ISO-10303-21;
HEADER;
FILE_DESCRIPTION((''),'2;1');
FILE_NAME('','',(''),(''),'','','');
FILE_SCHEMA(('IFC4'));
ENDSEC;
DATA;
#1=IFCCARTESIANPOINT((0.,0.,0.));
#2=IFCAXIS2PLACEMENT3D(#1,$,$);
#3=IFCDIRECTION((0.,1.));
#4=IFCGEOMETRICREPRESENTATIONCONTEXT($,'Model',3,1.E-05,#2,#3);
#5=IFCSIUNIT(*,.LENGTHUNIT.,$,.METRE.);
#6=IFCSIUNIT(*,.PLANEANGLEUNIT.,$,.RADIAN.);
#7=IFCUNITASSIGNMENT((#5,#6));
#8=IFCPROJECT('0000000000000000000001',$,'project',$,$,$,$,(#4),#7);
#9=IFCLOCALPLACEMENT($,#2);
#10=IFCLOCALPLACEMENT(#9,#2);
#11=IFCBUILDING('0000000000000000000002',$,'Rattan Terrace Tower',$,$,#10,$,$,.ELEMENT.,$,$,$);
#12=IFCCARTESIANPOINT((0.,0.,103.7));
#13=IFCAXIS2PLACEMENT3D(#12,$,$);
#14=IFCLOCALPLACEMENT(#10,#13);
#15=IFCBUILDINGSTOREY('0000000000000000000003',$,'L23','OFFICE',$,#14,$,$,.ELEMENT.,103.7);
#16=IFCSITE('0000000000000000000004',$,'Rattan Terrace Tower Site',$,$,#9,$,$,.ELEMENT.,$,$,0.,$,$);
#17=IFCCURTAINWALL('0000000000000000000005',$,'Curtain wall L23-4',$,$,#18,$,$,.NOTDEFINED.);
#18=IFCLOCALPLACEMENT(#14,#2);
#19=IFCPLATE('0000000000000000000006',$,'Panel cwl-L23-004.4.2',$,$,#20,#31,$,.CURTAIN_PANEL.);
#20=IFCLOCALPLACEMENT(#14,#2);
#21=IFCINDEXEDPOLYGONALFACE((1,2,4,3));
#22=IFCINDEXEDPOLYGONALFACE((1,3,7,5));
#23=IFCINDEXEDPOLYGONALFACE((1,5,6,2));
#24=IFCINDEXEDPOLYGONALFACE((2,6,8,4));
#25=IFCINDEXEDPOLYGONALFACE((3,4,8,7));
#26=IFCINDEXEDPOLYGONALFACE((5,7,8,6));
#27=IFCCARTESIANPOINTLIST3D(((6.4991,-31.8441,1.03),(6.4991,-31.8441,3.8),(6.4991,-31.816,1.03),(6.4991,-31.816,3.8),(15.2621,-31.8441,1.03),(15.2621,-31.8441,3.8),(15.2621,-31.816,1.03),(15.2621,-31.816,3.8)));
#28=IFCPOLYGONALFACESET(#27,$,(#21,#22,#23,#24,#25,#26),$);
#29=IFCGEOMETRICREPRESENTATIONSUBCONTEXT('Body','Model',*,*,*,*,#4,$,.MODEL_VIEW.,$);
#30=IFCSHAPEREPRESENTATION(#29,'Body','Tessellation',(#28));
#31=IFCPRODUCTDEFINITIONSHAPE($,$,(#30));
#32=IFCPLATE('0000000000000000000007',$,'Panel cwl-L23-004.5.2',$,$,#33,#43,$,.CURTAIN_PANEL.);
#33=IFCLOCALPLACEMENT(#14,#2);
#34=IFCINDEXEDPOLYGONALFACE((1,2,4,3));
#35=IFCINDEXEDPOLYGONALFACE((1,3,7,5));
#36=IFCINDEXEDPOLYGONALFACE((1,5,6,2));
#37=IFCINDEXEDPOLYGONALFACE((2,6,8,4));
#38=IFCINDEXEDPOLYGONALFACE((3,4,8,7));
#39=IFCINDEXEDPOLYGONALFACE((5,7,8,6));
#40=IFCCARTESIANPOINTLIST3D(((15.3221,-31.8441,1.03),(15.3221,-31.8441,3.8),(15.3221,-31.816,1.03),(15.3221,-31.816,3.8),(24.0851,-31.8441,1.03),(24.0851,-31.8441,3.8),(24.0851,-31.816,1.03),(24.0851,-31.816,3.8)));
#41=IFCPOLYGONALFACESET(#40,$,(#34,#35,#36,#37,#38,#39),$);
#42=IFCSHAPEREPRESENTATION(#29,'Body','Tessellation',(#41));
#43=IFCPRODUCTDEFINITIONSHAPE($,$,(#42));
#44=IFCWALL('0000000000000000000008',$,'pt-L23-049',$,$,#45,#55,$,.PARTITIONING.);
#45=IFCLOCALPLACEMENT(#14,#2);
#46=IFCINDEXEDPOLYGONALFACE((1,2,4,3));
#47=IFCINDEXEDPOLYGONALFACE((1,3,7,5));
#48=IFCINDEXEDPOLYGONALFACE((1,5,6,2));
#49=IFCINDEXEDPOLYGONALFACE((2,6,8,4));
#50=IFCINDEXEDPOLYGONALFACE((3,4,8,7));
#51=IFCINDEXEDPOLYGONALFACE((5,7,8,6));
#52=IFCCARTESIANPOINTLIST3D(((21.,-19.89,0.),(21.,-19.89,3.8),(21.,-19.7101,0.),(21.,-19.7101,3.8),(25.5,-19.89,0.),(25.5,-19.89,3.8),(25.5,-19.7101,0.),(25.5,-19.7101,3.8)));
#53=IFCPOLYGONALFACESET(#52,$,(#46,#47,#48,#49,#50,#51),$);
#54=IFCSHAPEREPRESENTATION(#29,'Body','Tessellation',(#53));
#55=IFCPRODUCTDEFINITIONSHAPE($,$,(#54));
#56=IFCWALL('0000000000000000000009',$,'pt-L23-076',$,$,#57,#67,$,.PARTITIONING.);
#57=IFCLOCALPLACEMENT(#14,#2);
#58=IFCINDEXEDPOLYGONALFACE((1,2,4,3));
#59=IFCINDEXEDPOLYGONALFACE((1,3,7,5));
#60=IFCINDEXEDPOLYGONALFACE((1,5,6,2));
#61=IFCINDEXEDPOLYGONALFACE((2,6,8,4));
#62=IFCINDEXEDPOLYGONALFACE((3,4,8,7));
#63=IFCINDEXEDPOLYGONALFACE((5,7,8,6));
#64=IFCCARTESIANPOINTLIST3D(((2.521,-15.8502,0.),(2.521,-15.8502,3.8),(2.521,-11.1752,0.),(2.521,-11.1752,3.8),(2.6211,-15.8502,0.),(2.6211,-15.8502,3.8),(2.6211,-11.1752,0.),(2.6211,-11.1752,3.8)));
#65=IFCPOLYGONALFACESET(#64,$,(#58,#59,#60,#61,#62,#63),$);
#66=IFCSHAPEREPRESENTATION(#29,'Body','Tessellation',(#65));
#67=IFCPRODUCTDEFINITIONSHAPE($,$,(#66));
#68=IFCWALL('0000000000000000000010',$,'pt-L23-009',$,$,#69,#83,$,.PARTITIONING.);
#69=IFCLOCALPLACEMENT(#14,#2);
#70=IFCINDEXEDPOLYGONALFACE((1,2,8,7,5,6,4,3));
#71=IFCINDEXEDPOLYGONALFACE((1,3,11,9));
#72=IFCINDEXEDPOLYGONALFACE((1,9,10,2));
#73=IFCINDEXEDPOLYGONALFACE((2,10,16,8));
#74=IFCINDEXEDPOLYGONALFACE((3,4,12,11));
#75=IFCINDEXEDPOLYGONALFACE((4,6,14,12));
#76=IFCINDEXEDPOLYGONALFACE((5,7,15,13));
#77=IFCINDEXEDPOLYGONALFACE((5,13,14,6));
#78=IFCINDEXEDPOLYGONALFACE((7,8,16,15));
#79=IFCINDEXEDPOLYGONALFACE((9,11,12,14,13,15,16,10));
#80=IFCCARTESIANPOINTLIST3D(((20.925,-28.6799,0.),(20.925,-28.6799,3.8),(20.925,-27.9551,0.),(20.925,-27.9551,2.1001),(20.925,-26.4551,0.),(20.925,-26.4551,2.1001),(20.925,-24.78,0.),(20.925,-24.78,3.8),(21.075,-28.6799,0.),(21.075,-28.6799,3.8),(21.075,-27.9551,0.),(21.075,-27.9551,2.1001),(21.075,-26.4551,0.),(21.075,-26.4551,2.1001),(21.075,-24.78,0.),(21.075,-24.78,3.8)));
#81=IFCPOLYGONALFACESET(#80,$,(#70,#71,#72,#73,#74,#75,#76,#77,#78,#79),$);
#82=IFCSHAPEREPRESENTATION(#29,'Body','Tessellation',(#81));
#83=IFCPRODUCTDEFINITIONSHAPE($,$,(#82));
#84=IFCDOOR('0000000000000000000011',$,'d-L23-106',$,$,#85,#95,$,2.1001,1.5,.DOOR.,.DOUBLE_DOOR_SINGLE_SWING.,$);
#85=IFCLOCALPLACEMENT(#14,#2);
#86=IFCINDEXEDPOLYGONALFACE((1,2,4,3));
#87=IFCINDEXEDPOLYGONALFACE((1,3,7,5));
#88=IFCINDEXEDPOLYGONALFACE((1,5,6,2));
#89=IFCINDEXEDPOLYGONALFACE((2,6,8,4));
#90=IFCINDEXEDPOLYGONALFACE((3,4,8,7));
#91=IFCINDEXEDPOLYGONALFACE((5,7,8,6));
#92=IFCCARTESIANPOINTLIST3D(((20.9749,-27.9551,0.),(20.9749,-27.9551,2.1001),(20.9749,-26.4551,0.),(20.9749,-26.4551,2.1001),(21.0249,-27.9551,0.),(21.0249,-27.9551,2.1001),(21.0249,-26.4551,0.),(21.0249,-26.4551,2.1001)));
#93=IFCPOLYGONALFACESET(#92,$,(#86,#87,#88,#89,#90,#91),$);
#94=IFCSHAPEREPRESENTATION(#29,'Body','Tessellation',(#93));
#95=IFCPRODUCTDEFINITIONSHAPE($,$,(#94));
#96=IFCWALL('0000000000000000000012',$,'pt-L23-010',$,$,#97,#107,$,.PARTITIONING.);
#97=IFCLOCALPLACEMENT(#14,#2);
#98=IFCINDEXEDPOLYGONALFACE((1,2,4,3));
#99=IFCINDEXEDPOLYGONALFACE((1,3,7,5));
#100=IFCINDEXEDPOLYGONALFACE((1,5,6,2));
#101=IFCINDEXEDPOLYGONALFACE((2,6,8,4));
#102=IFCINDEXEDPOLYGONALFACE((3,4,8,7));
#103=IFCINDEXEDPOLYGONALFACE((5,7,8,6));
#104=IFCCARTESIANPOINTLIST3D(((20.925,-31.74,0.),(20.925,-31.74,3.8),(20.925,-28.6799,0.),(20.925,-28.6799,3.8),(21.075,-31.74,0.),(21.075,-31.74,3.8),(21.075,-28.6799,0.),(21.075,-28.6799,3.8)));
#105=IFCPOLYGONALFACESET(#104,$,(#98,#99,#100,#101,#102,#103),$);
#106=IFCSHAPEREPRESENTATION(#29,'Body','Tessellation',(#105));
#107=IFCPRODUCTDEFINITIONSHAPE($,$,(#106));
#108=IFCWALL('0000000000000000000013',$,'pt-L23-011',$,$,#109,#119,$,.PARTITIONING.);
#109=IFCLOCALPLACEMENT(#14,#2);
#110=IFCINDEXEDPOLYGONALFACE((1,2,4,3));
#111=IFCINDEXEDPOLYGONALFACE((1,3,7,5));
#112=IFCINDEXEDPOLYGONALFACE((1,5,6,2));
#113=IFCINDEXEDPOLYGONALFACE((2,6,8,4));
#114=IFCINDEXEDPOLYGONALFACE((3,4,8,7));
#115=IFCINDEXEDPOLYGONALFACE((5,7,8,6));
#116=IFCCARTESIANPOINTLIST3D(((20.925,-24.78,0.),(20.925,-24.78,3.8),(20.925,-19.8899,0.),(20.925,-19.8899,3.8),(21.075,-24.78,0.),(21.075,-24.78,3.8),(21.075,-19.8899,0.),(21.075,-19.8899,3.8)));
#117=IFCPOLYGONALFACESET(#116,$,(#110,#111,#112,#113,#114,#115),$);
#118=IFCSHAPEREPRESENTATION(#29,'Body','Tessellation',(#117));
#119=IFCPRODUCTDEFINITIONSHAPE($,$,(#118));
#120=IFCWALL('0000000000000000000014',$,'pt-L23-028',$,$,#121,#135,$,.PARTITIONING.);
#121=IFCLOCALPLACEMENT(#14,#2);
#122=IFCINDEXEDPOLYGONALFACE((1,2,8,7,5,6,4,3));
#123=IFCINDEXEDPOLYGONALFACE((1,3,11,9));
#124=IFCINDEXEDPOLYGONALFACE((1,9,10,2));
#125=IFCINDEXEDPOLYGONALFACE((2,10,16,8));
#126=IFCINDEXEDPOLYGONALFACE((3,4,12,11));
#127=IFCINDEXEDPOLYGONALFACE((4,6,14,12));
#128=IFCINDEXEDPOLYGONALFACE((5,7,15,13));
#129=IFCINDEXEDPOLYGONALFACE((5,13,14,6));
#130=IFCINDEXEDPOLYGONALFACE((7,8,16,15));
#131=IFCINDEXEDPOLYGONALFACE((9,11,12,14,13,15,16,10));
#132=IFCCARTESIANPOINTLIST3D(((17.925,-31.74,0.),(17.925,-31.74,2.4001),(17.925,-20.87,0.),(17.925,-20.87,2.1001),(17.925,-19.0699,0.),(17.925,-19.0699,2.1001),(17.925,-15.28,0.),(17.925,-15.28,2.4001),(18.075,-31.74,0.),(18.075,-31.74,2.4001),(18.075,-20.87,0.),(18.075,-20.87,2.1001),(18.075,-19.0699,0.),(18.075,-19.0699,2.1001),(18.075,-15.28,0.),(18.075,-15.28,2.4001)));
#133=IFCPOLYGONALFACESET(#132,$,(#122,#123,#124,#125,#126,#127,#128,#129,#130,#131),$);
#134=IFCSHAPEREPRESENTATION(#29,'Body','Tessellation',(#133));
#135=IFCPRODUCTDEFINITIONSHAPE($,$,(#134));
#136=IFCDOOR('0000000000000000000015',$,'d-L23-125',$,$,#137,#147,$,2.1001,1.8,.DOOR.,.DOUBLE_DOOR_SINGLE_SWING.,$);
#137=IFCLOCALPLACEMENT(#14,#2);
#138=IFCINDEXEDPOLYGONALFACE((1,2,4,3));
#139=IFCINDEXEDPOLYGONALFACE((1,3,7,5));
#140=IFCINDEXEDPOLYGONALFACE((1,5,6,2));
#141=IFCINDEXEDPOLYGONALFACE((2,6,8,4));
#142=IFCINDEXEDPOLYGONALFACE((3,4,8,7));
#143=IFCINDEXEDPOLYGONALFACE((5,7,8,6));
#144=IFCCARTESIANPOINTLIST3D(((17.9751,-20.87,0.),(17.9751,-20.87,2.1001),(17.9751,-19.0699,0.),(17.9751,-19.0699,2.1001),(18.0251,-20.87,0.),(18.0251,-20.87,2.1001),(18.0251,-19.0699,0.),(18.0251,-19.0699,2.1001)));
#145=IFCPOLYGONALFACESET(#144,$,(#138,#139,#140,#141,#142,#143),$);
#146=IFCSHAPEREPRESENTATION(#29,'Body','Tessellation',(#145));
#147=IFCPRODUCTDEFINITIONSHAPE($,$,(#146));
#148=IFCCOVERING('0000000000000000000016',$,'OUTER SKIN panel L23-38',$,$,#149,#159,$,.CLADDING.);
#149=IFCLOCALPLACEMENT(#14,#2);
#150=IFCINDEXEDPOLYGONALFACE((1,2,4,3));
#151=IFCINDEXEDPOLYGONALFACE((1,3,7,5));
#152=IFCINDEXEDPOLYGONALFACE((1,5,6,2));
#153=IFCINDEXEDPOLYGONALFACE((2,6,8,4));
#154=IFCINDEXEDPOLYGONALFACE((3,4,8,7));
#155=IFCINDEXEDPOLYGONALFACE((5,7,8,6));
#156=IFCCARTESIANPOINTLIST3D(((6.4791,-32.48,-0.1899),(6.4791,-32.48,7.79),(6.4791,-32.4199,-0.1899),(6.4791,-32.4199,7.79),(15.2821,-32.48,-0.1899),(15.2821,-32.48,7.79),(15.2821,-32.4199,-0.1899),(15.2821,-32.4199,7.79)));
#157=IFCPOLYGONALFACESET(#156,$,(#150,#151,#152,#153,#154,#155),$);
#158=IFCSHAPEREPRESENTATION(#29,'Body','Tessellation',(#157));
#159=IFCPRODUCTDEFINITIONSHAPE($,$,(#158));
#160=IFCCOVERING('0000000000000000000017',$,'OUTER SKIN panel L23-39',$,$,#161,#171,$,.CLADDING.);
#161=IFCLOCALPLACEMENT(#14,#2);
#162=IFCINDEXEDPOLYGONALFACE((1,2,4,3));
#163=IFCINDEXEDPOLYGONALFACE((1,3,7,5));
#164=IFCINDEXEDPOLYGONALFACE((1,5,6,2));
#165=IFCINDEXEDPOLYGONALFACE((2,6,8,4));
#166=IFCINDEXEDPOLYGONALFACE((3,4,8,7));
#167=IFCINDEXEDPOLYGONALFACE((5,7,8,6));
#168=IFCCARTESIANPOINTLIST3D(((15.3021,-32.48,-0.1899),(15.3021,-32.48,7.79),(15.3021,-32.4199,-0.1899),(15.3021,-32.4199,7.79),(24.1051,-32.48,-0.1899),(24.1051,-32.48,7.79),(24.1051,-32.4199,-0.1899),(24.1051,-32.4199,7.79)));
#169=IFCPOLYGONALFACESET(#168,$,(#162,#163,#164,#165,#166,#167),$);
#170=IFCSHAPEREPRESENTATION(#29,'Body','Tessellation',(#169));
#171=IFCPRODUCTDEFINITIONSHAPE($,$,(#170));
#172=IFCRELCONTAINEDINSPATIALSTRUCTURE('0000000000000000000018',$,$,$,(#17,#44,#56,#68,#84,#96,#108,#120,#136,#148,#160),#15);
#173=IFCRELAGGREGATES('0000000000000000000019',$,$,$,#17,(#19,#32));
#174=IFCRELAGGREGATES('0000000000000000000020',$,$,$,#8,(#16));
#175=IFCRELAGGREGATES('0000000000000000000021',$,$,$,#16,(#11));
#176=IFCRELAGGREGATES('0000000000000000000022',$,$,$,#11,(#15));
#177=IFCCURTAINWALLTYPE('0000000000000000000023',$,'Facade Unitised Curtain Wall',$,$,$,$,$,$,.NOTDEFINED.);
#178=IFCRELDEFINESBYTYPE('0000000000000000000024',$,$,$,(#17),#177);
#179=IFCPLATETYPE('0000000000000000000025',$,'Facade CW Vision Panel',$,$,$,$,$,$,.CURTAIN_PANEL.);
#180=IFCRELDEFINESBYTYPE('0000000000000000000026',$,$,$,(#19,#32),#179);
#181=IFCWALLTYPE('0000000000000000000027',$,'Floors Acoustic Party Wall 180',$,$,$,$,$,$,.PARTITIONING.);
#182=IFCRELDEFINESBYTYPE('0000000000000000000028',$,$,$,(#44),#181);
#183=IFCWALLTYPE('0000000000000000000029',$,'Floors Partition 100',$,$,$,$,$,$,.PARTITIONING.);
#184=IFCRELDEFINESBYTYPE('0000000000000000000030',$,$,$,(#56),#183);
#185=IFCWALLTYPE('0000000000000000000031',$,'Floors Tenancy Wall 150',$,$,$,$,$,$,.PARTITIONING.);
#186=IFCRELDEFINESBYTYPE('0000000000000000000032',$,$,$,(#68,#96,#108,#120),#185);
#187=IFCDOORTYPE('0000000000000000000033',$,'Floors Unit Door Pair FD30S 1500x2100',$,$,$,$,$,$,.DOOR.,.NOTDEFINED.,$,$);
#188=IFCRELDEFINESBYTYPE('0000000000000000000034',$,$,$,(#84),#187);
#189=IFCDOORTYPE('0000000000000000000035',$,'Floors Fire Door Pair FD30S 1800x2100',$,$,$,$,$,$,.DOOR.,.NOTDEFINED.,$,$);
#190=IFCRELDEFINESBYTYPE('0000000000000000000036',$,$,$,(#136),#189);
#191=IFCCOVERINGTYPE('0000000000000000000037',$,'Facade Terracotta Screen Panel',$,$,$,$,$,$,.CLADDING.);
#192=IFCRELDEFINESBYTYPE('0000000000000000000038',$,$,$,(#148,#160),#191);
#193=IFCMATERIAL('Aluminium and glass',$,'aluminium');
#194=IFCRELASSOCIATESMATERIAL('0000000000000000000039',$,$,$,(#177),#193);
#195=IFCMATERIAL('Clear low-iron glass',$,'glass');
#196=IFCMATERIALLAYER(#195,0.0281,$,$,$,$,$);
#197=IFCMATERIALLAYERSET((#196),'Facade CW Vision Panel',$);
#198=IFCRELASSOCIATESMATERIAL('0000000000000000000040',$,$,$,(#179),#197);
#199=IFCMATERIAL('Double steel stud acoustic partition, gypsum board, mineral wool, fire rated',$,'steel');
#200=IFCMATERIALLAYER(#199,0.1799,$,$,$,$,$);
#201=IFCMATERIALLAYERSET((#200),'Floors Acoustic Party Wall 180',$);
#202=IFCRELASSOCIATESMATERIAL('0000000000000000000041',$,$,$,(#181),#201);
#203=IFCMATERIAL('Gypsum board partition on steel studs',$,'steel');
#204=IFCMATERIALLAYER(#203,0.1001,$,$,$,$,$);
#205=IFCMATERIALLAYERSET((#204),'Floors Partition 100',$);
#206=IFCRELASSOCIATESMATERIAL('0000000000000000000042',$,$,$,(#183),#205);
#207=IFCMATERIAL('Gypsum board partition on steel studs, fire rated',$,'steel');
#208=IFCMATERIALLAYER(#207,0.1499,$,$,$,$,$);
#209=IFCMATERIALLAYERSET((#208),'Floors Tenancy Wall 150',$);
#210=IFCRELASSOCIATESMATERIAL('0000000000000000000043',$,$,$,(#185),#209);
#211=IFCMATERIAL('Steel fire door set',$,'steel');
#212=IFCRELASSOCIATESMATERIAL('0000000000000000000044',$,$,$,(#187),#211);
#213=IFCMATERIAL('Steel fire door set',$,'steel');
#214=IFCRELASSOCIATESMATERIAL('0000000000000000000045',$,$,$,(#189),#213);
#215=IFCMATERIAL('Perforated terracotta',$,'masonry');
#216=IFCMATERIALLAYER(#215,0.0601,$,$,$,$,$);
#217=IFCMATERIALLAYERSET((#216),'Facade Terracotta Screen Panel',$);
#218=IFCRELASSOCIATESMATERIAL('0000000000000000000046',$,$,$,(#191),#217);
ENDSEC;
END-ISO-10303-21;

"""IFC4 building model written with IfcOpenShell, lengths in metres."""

from ifc_helpers import new_model, si_unit, direction, frame, frame_2d, origin, origin_2d, place, context, subcontext, project, spatial, rectangle, extrude, material, layer, layer_set, type_object, element, fill, aggregate, save


model = new_model("IFC4")

# Units and contexts
model_context = context("Model", 3, precision=1e-05, world=origin(), true_north=direction((0.0, 1.0)))
body_context = subcontext(model_context, "Body", "Model", "MODEL_VIEW")
ifc_project = project(units=[si_unit("LENGTHUNIT", "METRE"), si_unit("PLANEANGLEUNIT", "RADIAN")], contexts=[model_context])

# Site, building, storey
site_placement = place(None, origin())
site = spatial("IfcSite", under=ifc_project, at=site_placement, Name="Rattan Terrace Tower Site", CompositionType="ELEMENT", RefElevation=0.0)
building_placement = place(site_placement, origin())
building = spatial("IfcBuilding", under=site, at=building_placement, Name="Rattan Terrace Tower", CompositionType="ELEMENT")
storey_placement = place(building_placement, frame((0.0, 0.0, 103.7)))
storey = spatial("IfcBuildingStorey", under=building, at=storey_placement, Name="L23", Description="OFFICE", CompositionType="ELEMENT", Elevation=103.7)

# Curtain wall
ifc_material_1 = material(Name="Aluminium and glass", Category="aluminium")
curtain_wall_type = type_object("IfcCurtainWallType", Name="Facade Unitised Curtain Wall", PredefinedType="NOTDEFINED", material=ifc_material_1)
curtain_wall_placement = place(storey_placement, origin())
curtain_wall = element("IfcCurtainWall", 1, at=curtain_wall_placement, inside=storey, type_object=curtain_wall_type, Name="Curtain wall L23-4", PredefinedType="NOTDEFINED")

# Plates
ifc_material_2 = material(Name="Clear low-iron glass", Category="glass")
ifc_layer_1 = layer(ifc_material_2, 0.0281)
ifc_layer_set_1 = layer_set([ifc_layer_1], Name="Facade CW Vision Panel")
plate_type_1 = type_object("IfcPlateType", Name="Facade CW Vision Panel", PredefinedType="CURTAIN_PANEL", material=ifc_layer_set_1)
plate_1_placement = place(storey_placement, frame((10.8806, -31.8301, 1.03), z_axis=(0.0, 0.0, 1.0), x_axis=(1.0, 0.0, 0.0)))
plate_1 = element("IfcPlate", 2, at=plate_1_placement, type_object=plate_type_1, Name="Panel cwl-L23-004.4.2", PredefinedType="CURTAIN_PANEL", context=body_context, shape_type="SweptSolid", body=[
    extrude(rectangle(XDim=8.7629, YDim=0.0281, at=origin_2d()), origin(), (0.0, 0.0, 1.0), 2.77),
])
plate_2_placement = place(storey_placement, frame((19.7036, -31.8301, 1.03), z_axis=(0.0, 0.0, 1.0), x_axis=(1.0, 0.0, 0.0)))
plate_2 = element("IfcPlate", 3, at=plate_2_placement, type_object=plate_type_1, Name="Panel cwl-L23-004.5.2", PredefinedType="CURTAIN_PANEL", context=body_context, shape_type="SweptSolid", body=[
    extrude(rectangle(XDim=8.7629, YDim=0.0281, at=origin_2d()), origin(), (0.0, 0.0, 1.0), 2.77),
])
aggregate(curtain_wall, [plate_1, plate_2])

# Walls
ifc_material_3 = material(Name="Double steel stud acoustic partition, gypsum board, mineral wool, fire rated", Category="steel")
ifc_layer_2 = layer(ifc_material_3, 0.1799)
ifc_layer_set_2 = layer_set([ifc_layer_2], Name="Floors Acoustic Party Wall 180")
wall_type_1 = type_object("IfcWallType", Name="Floors Acoustic Party Wall 180", PredefinedType="PARTITIONING", material=ifc_layer_set_2)
wall_1_placement = place(storey_placement, frame((21.0, -19.8, 0.0), z_axis=(0.0, 0.0, 1.0), x_axis=(1.0, 0.0, 0.0)))
element("IfcWall", 4, at=wall_1_placement, inside=storey, type_object=wall_type_1, Name="pt-L23-049", PredefinedType="PARTITIONING", context=body_context, shape_type="SweptSolid", body=[
    extrude(rectangle(XDim=4.5, YDim=0.1799, at=frame_2d((2.25, 0.0))), origin(), (0.0, 0.0, 1.0), 3.8),
])
ifc_material_4 = material(Name="Gypsum board partition on steel studs", Category="steel")
ifc_layer_3 = layer(ifc_material_4, 0.1001)
ifc_layer_set_3 = layer_set([ifc_layer_3], Name="Floors Partition 100")
wall_type_2 = type_object("IfcWallType", Name="Floors Partition 100", PredefinedType="PARTITIONING", material=ifc_layer_set_3)
wall_2_placement = place(storey_placement, frame((2.571, -15.8501, 0.0), z_axis=(0.0, 0.0, 1.0), x_axis=(0.0, 1.0, 0.0)))
element("IfcWall", 5, at=wall_2_placement, inside=storey, type_object=wall_type_2, Name="pt-L23-076", PredefinedType="PARTITIONING", context=body_context, shape_type="SweptSolid", body=[
    extrude(rectangle(XDim=4.675, YDim=0.1001, at=frame_2d((2.3374, 0.0))), origin(), (0.0, 0.0, 1.0), 3.8),
])

# Wall, opening, door
ifc_material_5 = material(Name="Gypsum board partition on steel studs, fire rated", Category="steel")
ifc_layer_4 = layer(ifc_material_5, 0.1499)
ifc_layer_set_4 = layer_set([ifc_layer_4], Name="Floors Tenancy Wall 150")
wall_type_3 = type_object("IfcWallType", Name="Floors Tenancy Wall 150", PredefinedType="PARTITIONING", material=ifc_layer_set_4)
wall_3_placement = place(storey_placement, frame((21.0, -24.78, 0.0), z_axis=(0.0, 0.0, 1.0), x_axis=(0.0, -1.0, 0.0)))
wall_3 = element("IfcWall", 6, at=wall_3_placement, inside=storey, type_object=wall_type_3, Name="pt-L23-009", PredefinedType="PARTITIONING", context=body_context, shape_type="SweptSolid", body=[
    extrude(rectangle(XDim=3.8999, YDim=0.1499, at=frame_2d((1.95, 0.0))), origin(), (0.0, 0.0, 1.0), 3.8),
])
opening_1_placement = place(wall_3_placement, frame((1.675, 0.0, 0.0)))
opening_1 = element("IfcOpeningElement", 7, at=opening_1_placement, cuts=wall_3, PredefinedType="OPENING", context=body_context, shape_type="SweptSolid", body=[
    extrude(rectangle(XDim=1.5, YDim=2.1001, at=frame_2d((0.75, 1.05))), frame((0.0, 0.0854, 0.0), z_axis=(0.0, -1.0, 0.0), x_axis=(1.0, 0.0, 0.0)), (0.0, 0.0, 1.0), 0.1709),
])
ifc_material_6 = material(Name="Steel fire door set", Category="steel")
door_type_1 = type_object("IfcDoorType", Name="Floors Unit Door Pair FD30S 1500x2100", OperationType="NOTDEFINED", PredefinedType="DOOR", material=ifc_material_6)
door_1_placement = place(opening_1_placement, origin())
door_1 = element("IfcDoor", 8, at=door_1_placement, inside=storey, type_object=door_type_1, Name="d-L23-106", OperationType="DOUBLE_DOOR_SINGLE_SWING", OverallHeight=2.1001, OverallWidth=1.5, PredefinedType="DOOR", context=body_context, shape_type="SweptSolid", body=[
    extrude(rectangle(XDim=1.5, YDim=2.1001, at=frame_2d((0.75, 1.05))), frame((0.0, 0.0249, 0.0), z_axis=(0.0, -1.0, 0.0), x_axis=(1.0, 0.0, 0.0)), (0.0, 0.0, 1.0), 0.05),
])
fill(opening_1, door_1)

# Walls
wall_4_placement = place(storey_placement, frame((21.0, -28.6799, 0.0), z_axis=(0.0, 0.0, 1.0), x_axis=(0.0, -1.0, 0.0)))
element("IfcWall", 9, at=wall_4_placement, inside=storey, type_object=wall_type_3, Name="pt-L23-010", PredefinedType="PARTITIONING", context=body_context, shape_type="SweptSolid", body=[
    extrude(rectangle(XDim=3.0601, YDim=0.1499, at=frame_2d((1.53, 0.0))), origin(), (0.0, 0.0, 1.0), 3.8),
])
wall_5_placement = place(storey_placement, frame((21.0, -19.8899, 0.0), z_axis=(0.0, 0.0, 1.0), x_axis=(0.0, -1.0, 0.0)))
element("IfcWall", 10, at=wall_5_placement, inside=storey, type_object=wall_type_3, Name="pt-L23-011", PredefinedType="PARTITIONING", context=body_context, shape_type="SweptSolid", body=[
    extrude(rectangle(XDim=4.8901, YDim=0.1499, at=frame_2d((2.4451, 0.0))), origin(), (0.0, 0.0, 1.0), 3.8),
])

# Wall, opening, door
wall_6_placement = place(storey_placement, frame((18.0, -31.74, 0.0), z_axis=(0.0, 0.0, 1.0), x_axis=(0.0, 1.0, 0.0)))
wall_6 = element("IfcWall", 11, at=wall_6_placement, inside=storey, type_object=wall_type_3, Name="pt-L23-028", PredefinedType="PARTITIONING", context=body_context, shape_type="SweptSolid", body=[
    extrude(rectangle(XDim=16.46, YDim=0.1499, at=frame_2d((8.23, 0.0))), origin(), (0.0, 0.0, 1.0), 2.4001),
])
opening_2_placement = place(wall_6_placement, frame((10.8701, 0.0, 0.0)))
opening_2 = element("IfcOpeningElement", 12, at=opening_2_placement, cuts=wall_6, PredefinedType="OPENING", context=body_context, shape_type="SweptSolid", body=[
    extrude(rectangle(XDim=1.8, YDim=2.1001, at=frame_2d((0.8999, 1.05))), frame((0.0, 0.0854, 0.0), z_axis=(0.0, -1.0, 0.0), x_axis=(1.0, 0.0, 0.0)), (0.0, 0.0, 1.0), 0.1709),
])
ifc_material_7 = material(Name="Steel fire door set", Category="steel")
door_type_2 = type_object("IfcDoorType", Name="Floors Fire Door Pair FD30S 1800x2100", OperationType="NOTDEFINED", PredefinedType="DOOR", material=ifc_material_7)
door_2_placement = place(opening_2_placement, origin())
door_2 = element("IfcDoor", 13, at=door_2_placement, inside=storey, type_object=door_type_2, Name="d-L23-125", OperationType="DOUBLE_DOOR_SINGLE_SWING", OverallHeight=2.1001, OverallWidth=1.8, PredefinedType="DOOR", context=body_context, shape_type="SweptSolid", body=[
    extrude(rectangle(XDim=1.8, YDim=2.1001, at=frame_2d((0.8999, 1.05))), frame((0.0, 0.0249, 0.0), z_axis=(0.0, -1.0, 0.0), x_axis=(1.0, 0.0, 0.0)), (0.0, 0.0, 1.0), 0.05),
])
fill(opening_2, door_2)

# Coverings
ifc_material_8 = material(Name="Perforated terracotta", Category="masonry")
ifc_layer_5 = layer(ifc_material_8, 0.0601)
ifc_layer_set_5 = layer_set([ifc_layer_5], Name="Facade Terracotta Screen Panel")
covering_type = type_object("IfcCoveringType", Name="Facade Terracotta Screen Panel", PredefinedType="CLADDING", material=ifc_layer_set_5)
for number, where, z_axis, x_axis, name in (
    (14, (10.8806, -32.45, -0.1899), (0.0, 0.0, 1.0), (1.0, 0.0, 0.0), "OUTER SKIN panel L23-38"),
    (15, (19.7036, -32.45, -0.1899), (0.0, 0.0, 1.0), (1.0, 0.0, 0.0), "OUTER SKIN panel L23-39"),
):
    element("IfcCovering", number, at=place(storey_placement, frame(where, z_axis=z_axis, x_axis=x_axis)), inside=storey, type_object=covering_type, Name=name, PredefinedType="CLADDING", context=body_context, shape_type="SweptSolid", body=[
        extrude(rectangle(XDim=8.803, YDim=0.0601, at=origin_2d()), origin(), (0.0, 0.0, 1.0), 7.98),
    ])

save(model, "model.ifc")
